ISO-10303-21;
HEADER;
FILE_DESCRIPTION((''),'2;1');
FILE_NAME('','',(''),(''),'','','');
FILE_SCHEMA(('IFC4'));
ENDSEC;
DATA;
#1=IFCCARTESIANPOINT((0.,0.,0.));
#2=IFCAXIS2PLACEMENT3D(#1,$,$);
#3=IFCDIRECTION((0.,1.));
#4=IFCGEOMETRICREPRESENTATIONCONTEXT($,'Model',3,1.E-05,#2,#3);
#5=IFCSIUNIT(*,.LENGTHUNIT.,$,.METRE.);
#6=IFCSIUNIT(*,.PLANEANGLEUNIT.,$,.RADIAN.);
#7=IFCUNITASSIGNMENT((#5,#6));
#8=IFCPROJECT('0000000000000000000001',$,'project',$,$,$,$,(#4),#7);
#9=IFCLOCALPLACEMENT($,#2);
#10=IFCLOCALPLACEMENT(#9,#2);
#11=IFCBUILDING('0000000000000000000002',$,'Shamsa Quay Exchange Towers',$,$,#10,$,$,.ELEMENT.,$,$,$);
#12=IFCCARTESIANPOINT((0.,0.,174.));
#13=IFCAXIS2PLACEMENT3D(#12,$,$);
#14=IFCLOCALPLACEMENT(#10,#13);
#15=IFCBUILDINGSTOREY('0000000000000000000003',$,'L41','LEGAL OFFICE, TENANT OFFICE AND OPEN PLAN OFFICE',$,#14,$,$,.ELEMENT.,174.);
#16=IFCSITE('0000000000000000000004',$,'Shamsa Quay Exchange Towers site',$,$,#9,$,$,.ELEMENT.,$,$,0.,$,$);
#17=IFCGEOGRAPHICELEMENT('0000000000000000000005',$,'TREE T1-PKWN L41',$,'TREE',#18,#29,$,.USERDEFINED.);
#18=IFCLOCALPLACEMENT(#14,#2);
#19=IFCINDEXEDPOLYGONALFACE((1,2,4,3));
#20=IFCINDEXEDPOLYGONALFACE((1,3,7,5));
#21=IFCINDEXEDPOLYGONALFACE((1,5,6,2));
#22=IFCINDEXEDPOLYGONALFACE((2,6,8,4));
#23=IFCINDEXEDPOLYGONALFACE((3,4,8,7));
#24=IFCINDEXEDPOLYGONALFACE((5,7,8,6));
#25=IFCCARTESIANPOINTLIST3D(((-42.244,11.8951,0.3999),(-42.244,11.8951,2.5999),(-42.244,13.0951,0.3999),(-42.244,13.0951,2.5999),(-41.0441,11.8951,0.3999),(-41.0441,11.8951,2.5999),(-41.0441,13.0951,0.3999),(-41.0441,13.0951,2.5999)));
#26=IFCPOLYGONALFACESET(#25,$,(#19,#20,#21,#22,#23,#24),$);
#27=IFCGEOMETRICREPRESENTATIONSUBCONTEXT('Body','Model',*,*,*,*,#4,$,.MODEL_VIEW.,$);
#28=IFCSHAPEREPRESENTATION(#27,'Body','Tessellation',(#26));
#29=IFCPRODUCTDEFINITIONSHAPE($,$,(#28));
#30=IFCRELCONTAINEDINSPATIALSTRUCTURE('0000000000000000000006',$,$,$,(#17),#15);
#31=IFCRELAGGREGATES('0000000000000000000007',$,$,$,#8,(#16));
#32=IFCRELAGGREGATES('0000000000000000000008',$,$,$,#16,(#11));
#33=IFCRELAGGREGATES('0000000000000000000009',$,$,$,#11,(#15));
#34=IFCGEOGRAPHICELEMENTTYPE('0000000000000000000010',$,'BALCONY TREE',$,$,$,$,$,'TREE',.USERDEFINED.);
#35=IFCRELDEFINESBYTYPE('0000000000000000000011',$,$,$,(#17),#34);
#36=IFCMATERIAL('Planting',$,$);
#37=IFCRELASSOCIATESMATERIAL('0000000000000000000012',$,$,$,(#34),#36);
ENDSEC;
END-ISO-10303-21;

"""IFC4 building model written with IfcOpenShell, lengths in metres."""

from ifc_helpers import new_model, si_unit, direction, frame, origin, origin_2d, place, context, subcontext, project, spatial, rectangle, extrude, material, type_object, element, save


model = new_model("IFC4")

# Units and contexts
model_context = context("Model", 3, precision=1e-05, world=origin(), true_north=direction((0.0, 1.0)))
body_context = subcontext(model_context, "Body", "Model", "MODEL_VIEW")
ifc_project = project(units=[si_unit("LENGTHUNIT", "METRE"), si_unit("PLANEANGLEUNIT", "RADIAN")], contexts=[model_context])

# Site, building, storey
site_placement = place(None, origin())
site = spatial("IfcSite", under=ifc_project, at=site_placement, Name="Shamsa Quay Exchange Towers site", CompositionType="ELEMENT", RefElevation=0.0)
building_placement = place(site_placement, origin())
building = spatial("IfcBuilding", under=site, at=building_placement, Name="Shamsa Quay Exchange Towers", CompositionType="ELEMENT")
storey_placement = place(building_placement, frame((0.0, 0.0, 174.0)))
storey = spatial("IfcBuildingStorey", under=building, at=storey_placement, Name="L41", Description="LEGAL OFFICE, TENANT OFFICE AND OPEN PLAN OFFICE", CompositionType="ELEMENT", Elevation=174.0)

# Geographic element
ifc_material_1 = material(Name="Planting")
geographic_element_type = type_object("IfcGeographicElementType", Name="BALCONY TREE", ElementType="TREE", PredefinedType="USERDEFINED", material=ifc_material_1)
geographic_element_placement = place(storey_placement, frame((-41.644, 12.4951, 0.3999), z_axis=(0.0, 0.0, 1.0), x_axis=(-1.0, 0.0, 0.0)))
element("IfcGeographicElement", 1, at=geographic_element_placement, inside=storey, type_object=geographic_element_type, Name="TREE T1-PKWN L41", ObjectType="TREE", PredefinedType="USERDEFINED", context=body_context, shape_type="SweptSolid", body=[
    extrude(rectangle(XDim=1.2, YDim=1.2, at=origin_2d()), origin(), (0.0, 0.0, 1.0), 2.2),
])

save(model, "model.ifc")
